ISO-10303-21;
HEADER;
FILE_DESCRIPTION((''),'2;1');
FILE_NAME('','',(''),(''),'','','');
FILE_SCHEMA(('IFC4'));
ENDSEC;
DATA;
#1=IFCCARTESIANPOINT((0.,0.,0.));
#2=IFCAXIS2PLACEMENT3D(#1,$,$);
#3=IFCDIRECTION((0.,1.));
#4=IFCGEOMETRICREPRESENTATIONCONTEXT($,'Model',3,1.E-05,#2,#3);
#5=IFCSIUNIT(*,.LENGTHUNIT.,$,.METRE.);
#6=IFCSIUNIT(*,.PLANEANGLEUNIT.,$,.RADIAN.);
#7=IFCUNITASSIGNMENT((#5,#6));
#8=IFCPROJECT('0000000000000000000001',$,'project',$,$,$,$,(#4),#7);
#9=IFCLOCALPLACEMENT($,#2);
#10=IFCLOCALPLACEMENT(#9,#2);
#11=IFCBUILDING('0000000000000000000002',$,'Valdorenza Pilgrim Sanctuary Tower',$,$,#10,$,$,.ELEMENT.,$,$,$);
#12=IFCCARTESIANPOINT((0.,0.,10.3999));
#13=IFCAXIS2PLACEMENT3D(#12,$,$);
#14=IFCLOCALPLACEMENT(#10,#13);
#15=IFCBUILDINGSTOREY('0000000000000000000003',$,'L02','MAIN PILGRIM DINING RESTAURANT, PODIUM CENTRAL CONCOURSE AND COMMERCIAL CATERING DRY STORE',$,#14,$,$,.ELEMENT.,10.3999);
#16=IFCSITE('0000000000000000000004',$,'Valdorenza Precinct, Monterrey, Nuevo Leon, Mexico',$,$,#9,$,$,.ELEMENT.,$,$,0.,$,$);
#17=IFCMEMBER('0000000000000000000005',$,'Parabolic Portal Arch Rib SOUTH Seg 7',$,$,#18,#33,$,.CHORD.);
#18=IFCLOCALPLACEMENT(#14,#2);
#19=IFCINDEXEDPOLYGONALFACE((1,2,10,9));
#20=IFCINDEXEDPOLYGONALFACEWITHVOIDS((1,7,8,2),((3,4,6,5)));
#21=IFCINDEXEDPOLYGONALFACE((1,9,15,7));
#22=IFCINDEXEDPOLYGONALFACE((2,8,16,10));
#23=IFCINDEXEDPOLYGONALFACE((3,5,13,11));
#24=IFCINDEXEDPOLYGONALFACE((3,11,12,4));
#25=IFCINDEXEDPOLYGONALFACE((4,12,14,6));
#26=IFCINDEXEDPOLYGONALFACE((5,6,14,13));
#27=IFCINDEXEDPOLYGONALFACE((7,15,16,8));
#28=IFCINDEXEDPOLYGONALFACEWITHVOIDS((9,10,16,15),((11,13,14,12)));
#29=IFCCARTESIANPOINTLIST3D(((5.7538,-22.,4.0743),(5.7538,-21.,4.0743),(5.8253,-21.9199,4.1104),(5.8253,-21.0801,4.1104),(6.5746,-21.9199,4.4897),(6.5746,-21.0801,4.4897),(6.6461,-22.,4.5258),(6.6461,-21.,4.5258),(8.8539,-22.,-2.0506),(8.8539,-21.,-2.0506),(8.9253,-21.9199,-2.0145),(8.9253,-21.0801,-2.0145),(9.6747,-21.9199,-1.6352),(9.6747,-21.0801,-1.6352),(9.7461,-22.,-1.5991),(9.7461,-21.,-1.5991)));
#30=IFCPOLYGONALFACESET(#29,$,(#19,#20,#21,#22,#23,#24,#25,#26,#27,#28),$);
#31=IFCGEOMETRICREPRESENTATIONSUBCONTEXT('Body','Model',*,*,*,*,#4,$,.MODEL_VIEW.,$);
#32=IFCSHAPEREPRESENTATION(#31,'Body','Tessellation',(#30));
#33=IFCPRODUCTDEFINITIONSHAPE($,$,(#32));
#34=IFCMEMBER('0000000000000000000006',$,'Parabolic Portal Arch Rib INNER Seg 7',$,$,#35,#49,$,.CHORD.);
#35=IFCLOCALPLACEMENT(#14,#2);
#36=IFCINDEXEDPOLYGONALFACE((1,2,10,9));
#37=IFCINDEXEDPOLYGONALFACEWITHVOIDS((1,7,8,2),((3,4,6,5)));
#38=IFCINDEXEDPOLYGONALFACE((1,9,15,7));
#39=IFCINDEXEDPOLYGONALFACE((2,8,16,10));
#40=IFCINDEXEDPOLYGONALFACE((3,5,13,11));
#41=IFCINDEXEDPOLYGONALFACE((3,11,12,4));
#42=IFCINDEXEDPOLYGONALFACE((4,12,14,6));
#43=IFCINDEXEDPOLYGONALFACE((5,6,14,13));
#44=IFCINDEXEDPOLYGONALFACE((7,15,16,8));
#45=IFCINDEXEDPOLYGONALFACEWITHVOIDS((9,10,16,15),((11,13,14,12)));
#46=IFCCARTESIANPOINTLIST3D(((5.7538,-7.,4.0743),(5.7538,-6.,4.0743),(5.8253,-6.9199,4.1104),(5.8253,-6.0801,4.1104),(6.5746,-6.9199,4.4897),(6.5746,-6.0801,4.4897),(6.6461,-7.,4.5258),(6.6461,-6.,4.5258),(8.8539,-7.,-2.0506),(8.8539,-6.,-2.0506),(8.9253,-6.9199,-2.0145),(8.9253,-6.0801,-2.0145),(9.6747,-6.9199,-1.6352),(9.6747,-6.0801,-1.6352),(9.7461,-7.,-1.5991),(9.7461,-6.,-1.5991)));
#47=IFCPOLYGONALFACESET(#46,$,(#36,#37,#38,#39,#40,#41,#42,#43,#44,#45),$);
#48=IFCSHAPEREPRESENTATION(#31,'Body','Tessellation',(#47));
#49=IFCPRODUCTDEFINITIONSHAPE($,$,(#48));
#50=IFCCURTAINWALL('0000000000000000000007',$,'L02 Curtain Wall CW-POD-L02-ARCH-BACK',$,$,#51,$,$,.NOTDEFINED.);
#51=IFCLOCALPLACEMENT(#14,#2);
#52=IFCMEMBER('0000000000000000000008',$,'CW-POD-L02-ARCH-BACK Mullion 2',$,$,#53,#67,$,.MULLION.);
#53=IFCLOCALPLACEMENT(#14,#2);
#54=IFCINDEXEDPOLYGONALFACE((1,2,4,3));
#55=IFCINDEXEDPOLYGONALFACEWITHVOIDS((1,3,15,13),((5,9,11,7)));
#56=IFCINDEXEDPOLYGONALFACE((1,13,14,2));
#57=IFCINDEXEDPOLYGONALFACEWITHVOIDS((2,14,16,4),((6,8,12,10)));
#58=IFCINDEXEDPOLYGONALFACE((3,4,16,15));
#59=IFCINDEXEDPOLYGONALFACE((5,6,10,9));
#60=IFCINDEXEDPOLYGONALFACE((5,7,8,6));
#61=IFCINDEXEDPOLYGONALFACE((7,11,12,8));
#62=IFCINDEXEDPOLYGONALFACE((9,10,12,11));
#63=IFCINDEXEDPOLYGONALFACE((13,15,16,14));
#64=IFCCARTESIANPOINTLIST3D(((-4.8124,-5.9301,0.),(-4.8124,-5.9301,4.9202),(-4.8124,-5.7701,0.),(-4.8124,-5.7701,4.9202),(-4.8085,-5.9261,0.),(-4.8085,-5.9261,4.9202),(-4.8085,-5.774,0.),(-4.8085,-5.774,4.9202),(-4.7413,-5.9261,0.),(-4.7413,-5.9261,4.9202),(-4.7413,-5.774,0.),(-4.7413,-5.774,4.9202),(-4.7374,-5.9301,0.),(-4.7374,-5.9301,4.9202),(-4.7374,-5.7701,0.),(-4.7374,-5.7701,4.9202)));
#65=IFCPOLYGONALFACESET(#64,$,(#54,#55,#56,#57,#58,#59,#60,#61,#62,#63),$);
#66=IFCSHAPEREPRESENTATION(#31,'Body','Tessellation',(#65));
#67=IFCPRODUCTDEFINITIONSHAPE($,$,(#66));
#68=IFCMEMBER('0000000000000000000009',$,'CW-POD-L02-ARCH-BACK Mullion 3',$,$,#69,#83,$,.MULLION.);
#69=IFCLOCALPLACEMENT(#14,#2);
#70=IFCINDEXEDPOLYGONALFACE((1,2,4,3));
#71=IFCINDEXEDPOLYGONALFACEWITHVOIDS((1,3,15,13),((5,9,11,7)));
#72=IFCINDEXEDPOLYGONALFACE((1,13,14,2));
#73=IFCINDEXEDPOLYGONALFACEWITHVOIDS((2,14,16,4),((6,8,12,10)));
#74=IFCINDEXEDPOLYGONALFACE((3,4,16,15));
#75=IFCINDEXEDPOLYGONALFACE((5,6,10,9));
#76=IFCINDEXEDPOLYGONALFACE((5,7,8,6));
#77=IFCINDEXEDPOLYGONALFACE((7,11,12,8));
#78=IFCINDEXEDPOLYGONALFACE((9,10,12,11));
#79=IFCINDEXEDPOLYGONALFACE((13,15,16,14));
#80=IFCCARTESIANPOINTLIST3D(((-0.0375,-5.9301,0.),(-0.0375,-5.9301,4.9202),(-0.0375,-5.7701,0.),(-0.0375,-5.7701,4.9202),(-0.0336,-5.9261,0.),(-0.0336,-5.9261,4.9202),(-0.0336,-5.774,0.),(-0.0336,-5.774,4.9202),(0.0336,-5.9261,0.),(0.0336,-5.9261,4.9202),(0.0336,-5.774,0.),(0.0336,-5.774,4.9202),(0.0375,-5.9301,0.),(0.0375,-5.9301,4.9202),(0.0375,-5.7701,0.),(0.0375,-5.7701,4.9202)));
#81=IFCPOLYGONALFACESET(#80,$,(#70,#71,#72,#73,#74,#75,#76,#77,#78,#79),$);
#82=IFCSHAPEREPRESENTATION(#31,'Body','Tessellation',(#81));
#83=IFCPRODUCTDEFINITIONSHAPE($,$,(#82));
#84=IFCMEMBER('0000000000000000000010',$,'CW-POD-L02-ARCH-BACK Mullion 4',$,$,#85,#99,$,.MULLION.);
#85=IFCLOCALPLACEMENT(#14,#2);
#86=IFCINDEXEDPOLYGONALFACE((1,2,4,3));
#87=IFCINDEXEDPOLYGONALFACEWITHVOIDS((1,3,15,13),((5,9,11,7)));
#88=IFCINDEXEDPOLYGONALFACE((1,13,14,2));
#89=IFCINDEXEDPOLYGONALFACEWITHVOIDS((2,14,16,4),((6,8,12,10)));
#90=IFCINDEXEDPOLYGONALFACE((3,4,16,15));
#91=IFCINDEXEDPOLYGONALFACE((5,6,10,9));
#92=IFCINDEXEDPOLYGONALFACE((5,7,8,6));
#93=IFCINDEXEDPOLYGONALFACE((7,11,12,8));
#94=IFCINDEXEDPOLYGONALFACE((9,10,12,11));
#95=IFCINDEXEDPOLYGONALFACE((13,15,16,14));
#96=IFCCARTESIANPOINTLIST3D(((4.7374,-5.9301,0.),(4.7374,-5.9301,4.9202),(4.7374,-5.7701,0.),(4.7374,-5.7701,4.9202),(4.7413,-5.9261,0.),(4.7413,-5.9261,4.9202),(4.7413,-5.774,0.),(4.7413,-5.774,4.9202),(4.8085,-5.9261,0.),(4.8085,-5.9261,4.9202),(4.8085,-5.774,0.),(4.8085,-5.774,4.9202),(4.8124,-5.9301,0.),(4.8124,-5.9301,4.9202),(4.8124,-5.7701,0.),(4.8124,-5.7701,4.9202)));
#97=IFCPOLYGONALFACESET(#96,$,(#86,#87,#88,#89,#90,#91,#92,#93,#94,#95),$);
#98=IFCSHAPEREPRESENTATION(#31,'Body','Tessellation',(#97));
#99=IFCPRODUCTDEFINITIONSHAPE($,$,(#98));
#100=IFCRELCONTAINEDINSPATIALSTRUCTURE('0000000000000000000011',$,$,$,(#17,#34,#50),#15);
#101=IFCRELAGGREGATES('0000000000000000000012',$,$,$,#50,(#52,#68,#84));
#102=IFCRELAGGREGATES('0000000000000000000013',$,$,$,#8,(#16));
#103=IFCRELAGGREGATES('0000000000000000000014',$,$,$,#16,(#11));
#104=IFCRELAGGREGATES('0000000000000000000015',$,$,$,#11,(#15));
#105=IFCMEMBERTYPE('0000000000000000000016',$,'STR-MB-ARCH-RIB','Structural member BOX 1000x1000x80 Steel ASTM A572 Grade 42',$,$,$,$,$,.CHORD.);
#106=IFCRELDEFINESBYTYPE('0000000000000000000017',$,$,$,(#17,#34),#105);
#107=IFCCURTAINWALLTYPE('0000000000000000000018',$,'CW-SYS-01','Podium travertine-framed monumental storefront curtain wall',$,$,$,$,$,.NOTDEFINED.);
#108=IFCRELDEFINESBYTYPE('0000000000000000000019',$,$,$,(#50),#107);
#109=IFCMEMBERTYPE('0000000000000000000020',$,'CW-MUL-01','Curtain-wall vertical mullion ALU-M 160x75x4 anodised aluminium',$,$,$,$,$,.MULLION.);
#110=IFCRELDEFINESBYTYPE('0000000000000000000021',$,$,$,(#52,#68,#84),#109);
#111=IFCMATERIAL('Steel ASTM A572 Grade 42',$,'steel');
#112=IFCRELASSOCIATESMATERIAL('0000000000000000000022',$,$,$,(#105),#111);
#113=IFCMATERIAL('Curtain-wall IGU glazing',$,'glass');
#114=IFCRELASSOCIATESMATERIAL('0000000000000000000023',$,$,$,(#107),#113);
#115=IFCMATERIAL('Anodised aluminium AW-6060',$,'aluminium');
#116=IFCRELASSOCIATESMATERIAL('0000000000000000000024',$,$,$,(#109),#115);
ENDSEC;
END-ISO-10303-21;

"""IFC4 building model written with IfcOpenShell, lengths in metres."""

from ifc_helpers import new_model, si_unit, direction, frame, origin, origin_2d, place, context, subcontext, project, spatial, hollow_rectangle, extrude, source, transform, mapped, material, material_profile, profile_set, type_object, element, aggregate, save


model = new_model("IFC4")

# Units and contexts
model_context = context("Model", 3, precision=1e-05, world=origin(), true_north=direction((0.0, 1.0)))
body_context = subcontext(model_context, "Body", "Model", "MODEL_VIEW")
ifc_project = project(units=[si_unit("LENGTHUNIT", "METRE"), si_unit("PLANEANGLEUNIT", "RADIAN")], contexts=[model_context])

# Site, building, storey
site_placement = place(None, origin())
site = spatial("IfcSite", under=ifc_project, at=site_placement, Name="Valdorenza Precinct, Monterrey, Nuevo Leon, Mexico", CompositionType="ELEMENT", RefElevation=0.0)
building_placement = place(site_placement, origin())
building = spatial("IfcBuilding", under=site, at=building_placement, Name="Valdorenza Pilgrim Sanctuary Tower", CompositionType="ELEMENT")
storey_placement = place(building_placement, frame((0.0, 0.0, 10.3999)))
storey = spatial("IfcBuildingStorey", under=building, at=storey_placement, Name="L02", Description="MAIN PILGRIM DINING RESTAURANT, PODIUM CENTRAL CONCOURSE AND COMMERCIAL CATERING DRY STORE", CompositionType="ELEMENT", Elevation=10.3999)

# Members
ifc_material_1 = material(Name="Steel ASTM A572 Grade 42", Category="steel")
ifc_material_profile_1 = material_profile(ifc_material_1, hollow_rectangle(XDim=1.0, YDim=1.0, WallThickness=0.0801, at=origin_2d()), Name="BOX 1000x1000x80")
ifc_profile_set_1 = profile_set([ifc_material_profile_1], Name="Steel ASTM A572 Grade 42")
member_type_1 = type_object("IfcMemberType", Name="STR-MB-ARCH-RIB", Description="Structural member BOX 1000x1000x80 Steel ASTM A572 Grade 42", PredefinedType="CHORD", material=ifc_profile_set_1)
shared_shape_1 = source(origin(), body_context, "Body", "SweptSolid", [
    extrude(hollow_rectangle(XDim=1.0, YDim=1.0, WallThickness=0.0801, at=origin_2d()), origin(), (0.0, 0.0, 1.0), 6.8647),
])
for number, where, z_axis, x_axis, name in (
    (1, (6.2, -21.5, 4.3), (0.45159, 0.0, -0.892226), (0.0, 1.0, 0.0), "Parabolic Portal Arch Rib SOUTH Seg 7"),
    (2, (6.2, -6.5, 4.3), (0.45159, 0.0, -0.892226), (0.0, 1.0, 0.0), "Parabolic Portal Arch Rib INNER Seg 7"),
):
    element("IfcMember", number, at=place(storey_placement, frame(where, z_axis=z_axis, x_axis=x_axis)), inside=storey, type_object=member_type_1, Name=name, PredefinedType="CHORD", context=body_context, shape_type="MappedRepresentation", body=[
        mapped(shared_shape_1, transform((0.0, 0.0, 0.0), x_axis=(1.0, 0.0, 0.0), y_axis=(0.0, 1.0, 0.0), z_axis=(0.0, 0.0, 1.0), scale=1.0)),
    ])

# Curtain wall, members
ifc_material_2 = material(Name="Curtain-wall IGU glazing", Category="glass")
curtain_wall_type = type_object("IfcCurtainWallType", Name="CW-SYS-01", Description="Podium travertine-framed monumental storefront curtain wall", PredefinedType="NOTDEFINED", material=ifc_material_2)
curtain_wall_placement = place(storey_placement, origin())
curtain_wall = element("IfcCurtainWall", 3, at=curtain_wall_placement, inside=storey, type_object=curtain_wall_type, Name="L02 Curtain Wall CW-POD-L02-ARCH-BACK", PredefinedType="NOTDEFINED")
ifc_material_3 = material(Name="Anodised aluminium AW-6060", Category="aluminium")
ifc_material_profile_2 = material_profile(ifc_material_3, hollow_rectangle(XDim=0.075, YDim=0.1599, WallThickness=0.0039, at=origin_2d()), Name="ALU-M 160x75x4")
ifc_profile_set_2 = profile_set([ifc_material_profile_2], Name="Anodised aluminium AW-6060")
member_type_2 = type_object("IfcMemberType", Name="CW-MUL-01", Description="Curtain-wall vertical mullion ALU-M 160x75x4 anodised aluminium", PredefinedType="MULLION", material=ifc_profile_set_2)
shared_shape_2 = source(origin(), body_context, "Body", "SweptSolid", [
    extrude(hollow_rectangle(XDim=0.075, YDim=0.1599, WallThickness=0.0039, at=origin_2d()), origin(), (0.0, 0.0, 1.0), 4.9202),
])
member_1_placement = place(storey_placement, frame((-4.7749, -5.8501, 0.0), z_axis=(0.0, 0.0, 1.0), x_axis=(1.0, 0.0, 0.0)))
member_1 = element("IfcMember", 4, at=member_1_placement, type_object=member_type_2, Name="CW-POD-L02-ARCH-BACK Mullion 2", PredefinedType="MULLION", context=body_context, shape_type="MappedRepresentation", body=[
    mapped(shared_shape_2, transform((0.0, 0.0, 0.0), x_axis=(1.0, 0.0, 0.0), y_axis=(0.0, 1.0, 0.0), z_axis=(0.0, 0.0, 1.0), scale=1.0)),
])
member_2_placement = place(storey_placement, frame((0.0, -5.8501, 0.0), z_axis=(0.0, 0.0, 1.0), x_axis=(1.0, 0.0, 0.0)))
member_2 = element("IfcMember", 5, at=member_2_placement, type_object=member_type_2, Name="CW-POD-L02-ARCH-BACK Mullion 3", PredefinedType="MULLION", context=body_context, shape_type="MappedRepresentation", body=[
    mapped(shared_shape_2, transform((0.0, 0.0, 0.0), x_axis=(1.0, 0.0, 0.0), y_axis=(0.0, 1.0, 0.0), z_axis=(0.0, 0.0, 1.0), scale=1.0)),
])
member_3_placement = place(storey_placement, frame((4.7749, -5.8501, 0.0), z_axis=(0.0, 0.0, 1.0), x_axis=(1.0, 0.0, 0.0)))
member_3 = element("IfcMember", 6, at=member_3_placement, type_object=member_type_2, Name="CW-POD-L02-ARCH-BACK Mullion 4", PredefinedType="MULLION", context=body_context, shape_type="MappedRepresentation", body=[
    mapped(shared_shape_2, transform((0.0, 0.0, 0.0), x_axis=(1.0, 0.0, 0.0), y_axis=(0.0, 1.0, 0.0), z_axis=(0.0, 0.0, 1.0), scale=1.0)),
])

aggregate(curtain_wall, [member_1, member_2, member_3])

save(model, "model.ifc")
